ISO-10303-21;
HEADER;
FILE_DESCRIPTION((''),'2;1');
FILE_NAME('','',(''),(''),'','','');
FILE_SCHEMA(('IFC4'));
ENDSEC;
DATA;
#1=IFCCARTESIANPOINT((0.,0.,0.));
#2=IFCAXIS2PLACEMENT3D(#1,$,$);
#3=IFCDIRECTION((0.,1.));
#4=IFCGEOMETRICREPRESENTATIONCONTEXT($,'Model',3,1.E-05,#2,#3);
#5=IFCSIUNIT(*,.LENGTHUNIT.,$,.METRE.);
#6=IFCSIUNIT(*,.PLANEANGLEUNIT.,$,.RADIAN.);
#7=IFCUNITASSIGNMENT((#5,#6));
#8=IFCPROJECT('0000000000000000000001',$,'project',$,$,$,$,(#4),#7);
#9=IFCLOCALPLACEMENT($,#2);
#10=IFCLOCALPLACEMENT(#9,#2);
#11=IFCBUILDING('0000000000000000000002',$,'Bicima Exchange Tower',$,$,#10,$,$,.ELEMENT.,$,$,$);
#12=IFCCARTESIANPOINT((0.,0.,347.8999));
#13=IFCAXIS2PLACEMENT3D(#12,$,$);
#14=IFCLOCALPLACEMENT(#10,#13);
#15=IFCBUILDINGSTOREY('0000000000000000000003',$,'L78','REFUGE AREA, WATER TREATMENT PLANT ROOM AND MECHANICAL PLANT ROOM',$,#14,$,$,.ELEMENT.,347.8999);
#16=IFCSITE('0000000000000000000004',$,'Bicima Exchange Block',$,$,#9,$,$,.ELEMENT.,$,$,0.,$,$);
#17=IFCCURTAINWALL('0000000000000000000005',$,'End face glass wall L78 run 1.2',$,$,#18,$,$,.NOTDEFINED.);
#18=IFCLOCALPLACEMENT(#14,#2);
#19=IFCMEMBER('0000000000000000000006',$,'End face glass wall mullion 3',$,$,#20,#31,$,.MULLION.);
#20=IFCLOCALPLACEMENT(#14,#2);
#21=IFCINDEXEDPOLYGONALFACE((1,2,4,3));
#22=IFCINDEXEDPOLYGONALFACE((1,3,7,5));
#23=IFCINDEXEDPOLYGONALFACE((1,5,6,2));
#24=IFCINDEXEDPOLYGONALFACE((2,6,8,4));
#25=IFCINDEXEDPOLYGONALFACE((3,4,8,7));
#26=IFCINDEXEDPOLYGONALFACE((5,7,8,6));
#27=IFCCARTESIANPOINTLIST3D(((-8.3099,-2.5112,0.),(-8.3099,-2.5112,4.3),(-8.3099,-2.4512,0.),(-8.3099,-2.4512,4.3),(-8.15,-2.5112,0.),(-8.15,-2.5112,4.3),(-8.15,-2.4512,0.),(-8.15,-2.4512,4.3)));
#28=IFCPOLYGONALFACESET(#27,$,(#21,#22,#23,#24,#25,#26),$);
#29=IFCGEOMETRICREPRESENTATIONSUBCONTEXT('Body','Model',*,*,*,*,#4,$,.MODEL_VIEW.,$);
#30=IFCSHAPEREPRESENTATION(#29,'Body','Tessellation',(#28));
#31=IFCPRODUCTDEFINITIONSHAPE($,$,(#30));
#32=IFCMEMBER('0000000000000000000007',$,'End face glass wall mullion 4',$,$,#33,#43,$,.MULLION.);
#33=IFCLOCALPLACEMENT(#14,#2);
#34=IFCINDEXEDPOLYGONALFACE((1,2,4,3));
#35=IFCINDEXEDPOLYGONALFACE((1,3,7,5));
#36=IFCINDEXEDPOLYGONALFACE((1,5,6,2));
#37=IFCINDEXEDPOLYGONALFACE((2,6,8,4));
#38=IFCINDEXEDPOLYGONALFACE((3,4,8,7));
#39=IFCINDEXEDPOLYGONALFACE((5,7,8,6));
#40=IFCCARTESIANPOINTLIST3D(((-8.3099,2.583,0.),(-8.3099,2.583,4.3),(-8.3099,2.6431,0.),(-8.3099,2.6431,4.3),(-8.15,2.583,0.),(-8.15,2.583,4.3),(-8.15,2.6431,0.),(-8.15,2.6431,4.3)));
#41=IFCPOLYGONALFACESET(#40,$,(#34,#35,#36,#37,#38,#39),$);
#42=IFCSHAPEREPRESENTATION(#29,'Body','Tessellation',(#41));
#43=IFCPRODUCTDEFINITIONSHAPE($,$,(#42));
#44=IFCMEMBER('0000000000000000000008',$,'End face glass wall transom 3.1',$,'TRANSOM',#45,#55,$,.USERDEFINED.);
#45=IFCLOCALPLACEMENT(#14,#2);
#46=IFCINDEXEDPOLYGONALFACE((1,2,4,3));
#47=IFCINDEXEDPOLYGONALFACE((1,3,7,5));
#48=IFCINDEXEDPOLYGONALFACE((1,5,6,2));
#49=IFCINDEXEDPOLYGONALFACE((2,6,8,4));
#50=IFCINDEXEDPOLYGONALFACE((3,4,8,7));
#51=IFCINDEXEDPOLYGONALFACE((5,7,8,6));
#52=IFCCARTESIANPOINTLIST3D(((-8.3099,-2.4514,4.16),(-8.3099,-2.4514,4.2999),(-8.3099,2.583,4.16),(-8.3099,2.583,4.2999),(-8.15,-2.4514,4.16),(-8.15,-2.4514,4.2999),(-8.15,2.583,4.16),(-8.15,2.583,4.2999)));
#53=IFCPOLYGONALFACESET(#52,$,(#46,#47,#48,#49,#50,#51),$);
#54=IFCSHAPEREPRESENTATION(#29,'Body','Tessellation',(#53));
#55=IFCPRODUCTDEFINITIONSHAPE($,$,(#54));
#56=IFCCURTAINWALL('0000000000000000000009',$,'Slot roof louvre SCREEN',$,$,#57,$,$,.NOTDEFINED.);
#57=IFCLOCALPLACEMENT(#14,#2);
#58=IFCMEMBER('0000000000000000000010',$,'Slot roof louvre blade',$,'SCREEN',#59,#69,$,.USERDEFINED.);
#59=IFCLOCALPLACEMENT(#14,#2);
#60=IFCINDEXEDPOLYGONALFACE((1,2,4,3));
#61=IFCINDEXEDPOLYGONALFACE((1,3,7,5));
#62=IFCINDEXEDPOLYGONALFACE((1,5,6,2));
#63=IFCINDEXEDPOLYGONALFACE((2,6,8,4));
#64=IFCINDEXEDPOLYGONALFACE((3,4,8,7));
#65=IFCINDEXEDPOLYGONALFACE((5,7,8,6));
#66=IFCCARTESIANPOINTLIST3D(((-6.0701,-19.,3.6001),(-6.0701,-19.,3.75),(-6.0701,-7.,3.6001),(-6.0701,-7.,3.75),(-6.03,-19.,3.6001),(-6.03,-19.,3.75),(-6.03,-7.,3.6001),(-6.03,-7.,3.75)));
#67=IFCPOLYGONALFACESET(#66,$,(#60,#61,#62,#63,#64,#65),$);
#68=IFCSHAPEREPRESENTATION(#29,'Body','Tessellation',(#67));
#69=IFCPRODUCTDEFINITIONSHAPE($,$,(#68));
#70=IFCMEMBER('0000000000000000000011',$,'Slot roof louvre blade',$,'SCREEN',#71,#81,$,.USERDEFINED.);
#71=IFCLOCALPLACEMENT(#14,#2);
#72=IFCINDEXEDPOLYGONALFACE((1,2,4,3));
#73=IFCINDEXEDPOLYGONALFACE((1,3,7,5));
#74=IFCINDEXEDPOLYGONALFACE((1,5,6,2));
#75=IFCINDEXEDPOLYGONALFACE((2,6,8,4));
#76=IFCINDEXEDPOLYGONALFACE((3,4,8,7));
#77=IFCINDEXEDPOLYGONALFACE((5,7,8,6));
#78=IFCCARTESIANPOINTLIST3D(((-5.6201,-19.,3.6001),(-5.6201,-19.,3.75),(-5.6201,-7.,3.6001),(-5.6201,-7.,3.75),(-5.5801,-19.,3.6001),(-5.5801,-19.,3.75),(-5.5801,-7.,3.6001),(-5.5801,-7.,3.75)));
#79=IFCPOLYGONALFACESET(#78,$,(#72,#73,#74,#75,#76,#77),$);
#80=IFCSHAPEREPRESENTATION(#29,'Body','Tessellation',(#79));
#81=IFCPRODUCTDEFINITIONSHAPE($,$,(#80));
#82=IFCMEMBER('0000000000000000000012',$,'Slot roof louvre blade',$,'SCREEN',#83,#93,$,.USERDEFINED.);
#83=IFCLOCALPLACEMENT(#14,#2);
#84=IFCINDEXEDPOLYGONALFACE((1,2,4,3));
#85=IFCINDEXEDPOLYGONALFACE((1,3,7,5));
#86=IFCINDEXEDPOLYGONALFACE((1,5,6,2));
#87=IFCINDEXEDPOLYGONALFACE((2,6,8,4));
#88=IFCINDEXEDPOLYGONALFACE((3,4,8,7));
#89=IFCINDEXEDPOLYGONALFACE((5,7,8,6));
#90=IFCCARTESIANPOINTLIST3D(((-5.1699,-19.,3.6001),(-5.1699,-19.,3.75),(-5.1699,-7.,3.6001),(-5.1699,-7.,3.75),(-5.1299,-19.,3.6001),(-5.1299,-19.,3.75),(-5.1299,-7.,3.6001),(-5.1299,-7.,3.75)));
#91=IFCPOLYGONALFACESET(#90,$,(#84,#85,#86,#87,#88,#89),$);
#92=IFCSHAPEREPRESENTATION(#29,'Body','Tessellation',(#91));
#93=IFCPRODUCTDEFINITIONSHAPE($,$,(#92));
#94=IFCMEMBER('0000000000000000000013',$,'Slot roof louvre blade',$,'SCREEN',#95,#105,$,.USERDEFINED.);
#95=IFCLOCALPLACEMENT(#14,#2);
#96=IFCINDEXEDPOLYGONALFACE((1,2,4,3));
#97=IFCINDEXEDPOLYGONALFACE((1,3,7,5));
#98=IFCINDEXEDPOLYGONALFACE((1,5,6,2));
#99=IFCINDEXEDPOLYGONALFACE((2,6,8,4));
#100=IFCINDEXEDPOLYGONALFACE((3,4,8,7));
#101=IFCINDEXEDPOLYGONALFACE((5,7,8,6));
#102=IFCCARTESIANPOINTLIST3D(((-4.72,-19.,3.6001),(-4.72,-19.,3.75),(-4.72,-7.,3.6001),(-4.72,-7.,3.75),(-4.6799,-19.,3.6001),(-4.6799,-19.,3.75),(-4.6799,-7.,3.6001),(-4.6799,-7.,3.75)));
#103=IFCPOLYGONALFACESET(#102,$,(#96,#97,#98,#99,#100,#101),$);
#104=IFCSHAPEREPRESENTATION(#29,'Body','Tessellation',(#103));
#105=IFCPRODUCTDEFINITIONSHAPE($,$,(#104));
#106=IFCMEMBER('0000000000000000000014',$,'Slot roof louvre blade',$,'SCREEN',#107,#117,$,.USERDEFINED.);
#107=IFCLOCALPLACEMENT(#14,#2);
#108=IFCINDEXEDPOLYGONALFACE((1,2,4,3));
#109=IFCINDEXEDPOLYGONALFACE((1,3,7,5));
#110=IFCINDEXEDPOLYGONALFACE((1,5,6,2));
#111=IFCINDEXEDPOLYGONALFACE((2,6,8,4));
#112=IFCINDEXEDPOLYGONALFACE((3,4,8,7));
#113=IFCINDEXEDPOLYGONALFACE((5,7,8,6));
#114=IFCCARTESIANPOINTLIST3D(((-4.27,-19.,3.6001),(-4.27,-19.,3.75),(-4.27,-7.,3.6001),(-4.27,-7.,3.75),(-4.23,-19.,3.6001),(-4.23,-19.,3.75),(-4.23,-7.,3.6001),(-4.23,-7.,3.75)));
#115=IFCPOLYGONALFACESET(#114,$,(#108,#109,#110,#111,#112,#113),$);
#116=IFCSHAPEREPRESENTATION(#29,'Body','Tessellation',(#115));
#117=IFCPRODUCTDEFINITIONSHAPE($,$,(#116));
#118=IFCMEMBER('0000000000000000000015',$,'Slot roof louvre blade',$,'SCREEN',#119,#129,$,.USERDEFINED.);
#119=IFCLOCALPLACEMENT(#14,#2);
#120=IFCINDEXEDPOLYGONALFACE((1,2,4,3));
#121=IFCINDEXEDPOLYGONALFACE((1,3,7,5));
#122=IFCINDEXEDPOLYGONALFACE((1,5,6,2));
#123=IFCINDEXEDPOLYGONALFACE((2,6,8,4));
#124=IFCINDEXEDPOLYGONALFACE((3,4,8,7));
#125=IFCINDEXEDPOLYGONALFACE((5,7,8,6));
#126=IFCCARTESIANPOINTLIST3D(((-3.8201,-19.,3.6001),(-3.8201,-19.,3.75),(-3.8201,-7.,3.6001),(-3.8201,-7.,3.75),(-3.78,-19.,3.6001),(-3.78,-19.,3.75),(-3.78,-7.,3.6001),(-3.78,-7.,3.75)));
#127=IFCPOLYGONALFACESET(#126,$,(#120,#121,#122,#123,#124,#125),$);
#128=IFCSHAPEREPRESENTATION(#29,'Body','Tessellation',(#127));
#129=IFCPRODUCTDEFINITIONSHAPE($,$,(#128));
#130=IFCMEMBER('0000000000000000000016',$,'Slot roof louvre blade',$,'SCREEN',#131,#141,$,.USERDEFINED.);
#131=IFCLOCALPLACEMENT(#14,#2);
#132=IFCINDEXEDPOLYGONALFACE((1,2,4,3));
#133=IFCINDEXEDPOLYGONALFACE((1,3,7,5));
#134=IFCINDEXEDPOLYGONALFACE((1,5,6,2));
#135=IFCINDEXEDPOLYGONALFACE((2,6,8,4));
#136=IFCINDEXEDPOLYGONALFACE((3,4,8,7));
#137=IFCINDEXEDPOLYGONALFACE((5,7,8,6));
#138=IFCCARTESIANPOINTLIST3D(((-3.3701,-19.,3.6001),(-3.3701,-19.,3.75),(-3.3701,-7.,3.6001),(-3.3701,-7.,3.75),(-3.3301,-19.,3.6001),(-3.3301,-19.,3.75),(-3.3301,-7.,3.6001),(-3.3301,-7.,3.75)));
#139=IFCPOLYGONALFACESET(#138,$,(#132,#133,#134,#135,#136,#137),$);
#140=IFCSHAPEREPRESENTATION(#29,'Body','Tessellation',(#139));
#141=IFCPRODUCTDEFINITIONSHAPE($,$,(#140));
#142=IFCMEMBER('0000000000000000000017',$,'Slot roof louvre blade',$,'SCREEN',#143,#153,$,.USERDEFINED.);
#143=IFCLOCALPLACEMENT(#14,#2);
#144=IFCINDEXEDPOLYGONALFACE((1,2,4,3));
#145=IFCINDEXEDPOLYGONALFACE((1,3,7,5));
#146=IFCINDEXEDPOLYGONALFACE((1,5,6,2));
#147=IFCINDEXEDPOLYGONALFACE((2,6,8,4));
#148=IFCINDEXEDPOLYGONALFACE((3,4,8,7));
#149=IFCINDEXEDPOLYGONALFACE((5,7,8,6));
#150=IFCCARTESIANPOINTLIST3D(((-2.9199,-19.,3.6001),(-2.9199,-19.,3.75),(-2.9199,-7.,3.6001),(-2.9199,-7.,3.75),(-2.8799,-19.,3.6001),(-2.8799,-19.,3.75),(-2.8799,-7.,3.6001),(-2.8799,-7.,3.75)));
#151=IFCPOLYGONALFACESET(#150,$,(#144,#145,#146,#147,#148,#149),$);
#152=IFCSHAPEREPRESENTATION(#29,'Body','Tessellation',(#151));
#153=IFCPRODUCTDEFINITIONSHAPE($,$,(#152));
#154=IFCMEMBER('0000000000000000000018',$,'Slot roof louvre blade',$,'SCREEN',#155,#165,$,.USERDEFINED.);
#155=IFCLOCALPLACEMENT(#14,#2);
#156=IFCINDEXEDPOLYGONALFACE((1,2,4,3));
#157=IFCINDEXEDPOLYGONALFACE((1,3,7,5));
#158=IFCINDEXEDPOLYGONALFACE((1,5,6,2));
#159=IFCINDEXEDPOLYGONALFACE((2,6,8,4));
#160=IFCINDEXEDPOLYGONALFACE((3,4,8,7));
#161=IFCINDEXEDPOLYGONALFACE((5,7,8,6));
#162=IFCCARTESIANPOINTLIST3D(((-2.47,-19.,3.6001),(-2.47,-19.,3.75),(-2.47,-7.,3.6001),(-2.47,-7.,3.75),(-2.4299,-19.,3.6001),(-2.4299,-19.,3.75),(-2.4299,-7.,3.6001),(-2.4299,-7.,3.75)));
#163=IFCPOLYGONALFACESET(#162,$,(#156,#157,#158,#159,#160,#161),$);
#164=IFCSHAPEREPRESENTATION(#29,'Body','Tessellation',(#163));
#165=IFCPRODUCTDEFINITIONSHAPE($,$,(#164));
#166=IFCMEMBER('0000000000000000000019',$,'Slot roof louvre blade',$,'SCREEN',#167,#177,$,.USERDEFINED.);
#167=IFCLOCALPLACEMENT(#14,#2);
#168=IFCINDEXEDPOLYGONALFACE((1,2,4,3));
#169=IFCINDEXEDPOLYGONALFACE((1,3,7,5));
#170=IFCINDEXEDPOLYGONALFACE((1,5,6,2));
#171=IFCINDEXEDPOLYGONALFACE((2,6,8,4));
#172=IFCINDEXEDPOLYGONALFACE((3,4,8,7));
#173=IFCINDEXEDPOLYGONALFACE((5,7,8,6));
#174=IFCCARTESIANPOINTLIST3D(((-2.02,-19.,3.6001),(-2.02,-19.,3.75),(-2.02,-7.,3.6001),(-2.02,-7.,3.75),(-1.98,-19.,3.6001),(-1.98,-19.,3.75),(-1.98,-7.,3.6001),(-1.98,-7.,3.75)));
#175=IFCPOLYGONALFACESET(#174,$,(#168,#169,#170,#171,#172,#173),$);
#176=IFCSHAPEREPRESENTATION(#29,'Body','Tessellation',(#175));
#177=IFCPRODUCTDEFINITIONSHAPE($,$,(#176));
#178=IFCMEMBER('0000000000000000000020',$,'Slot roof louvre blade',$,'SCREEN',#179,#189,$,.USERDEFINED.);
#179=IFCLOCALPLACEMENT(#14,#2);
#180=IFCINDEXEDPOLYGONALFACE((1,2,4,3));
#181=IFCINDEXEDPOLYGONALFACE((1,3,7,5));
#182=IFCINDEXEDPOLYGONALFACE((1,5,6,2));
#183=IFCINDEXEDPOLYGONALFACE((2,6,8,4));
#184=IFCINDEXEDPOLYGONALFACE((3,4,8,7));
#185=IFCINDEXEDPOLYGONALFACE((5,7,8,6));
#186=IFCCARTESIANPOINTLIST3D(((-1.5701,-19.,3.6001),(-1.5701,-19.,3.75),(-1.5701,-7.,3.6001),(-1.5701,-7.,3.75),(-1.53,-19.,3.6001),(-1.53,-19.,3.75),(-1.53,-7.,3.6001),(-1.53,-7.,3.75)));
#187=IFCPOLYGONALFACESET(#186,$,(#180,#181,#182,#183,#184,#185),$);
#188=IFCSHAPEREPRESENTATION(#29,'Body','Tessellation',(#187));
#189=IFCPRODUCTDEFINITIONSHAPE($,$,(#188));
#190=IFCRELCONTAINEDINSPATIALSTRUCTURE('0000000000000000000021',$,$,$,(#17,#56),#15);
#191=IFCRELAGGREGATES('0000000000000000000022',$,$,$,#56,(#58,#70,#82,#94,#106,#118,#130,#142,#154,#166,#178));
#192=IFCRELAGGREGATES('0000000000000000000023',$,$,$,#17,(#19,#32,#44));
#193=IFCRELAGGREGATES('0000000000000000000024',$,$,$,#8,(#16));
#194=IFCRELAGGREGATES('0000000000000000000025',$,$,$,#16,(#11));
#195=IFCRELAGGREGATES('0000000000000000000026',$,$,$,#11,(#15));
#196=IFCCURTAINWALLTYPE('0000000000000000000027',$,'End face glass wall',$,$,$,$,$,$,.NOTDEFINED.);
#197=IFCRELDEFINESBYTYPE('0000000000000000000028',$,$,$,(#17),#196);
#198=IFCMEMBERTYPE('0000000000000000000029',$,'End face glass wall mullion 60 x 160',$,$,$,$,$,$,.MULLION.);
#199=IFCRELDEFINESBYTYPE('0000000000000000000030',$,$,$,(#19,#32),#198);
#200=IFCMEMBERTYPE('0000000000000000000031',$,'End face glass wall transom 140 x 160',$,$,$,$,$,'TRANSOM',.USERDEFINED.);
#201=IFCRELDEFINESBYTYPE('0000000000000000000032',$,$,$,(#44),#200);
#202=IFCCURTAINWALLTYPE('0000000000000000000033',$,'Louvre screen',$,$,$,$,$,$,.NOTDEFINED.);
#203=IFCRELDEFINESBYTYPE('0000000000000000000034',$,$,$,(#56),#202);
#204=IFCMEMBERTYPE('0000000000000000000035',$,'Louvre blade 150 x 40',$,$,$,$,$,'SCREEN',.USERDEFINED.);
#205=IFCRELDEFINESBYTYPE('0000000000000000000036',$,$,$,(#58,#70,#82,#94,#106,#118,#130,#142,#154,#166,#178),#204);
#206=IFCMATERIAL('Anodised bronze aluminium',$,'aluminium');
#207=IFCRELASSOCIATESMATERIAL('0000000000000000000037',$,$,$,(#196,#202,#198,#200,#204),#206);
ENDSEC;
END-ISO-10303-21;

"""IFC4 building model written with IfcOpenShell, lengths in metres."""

from ifc_helpers import new_model, si_unit, direction, frame, origin, origin_2d, place, context, subcontext, project, spatial, rectangle, extrude, material, material_profile, profile_set, type_object, element, aggregate, save


model = new_model("IFC4")

# Units and contexts
model_context = context("Model", 3, precision=1e-05, world=origin(), true_north=direction((0.0, 1.0)))
body_context = subcontext(model_context, "Body", "Model", "MODEL_VIEW")
ifc_project = project(units=[si_unit("LENGTHUNIT", "METRE"), si_unit("PLANEANGLEUNIT", "RADIAN")], contexts=[model_context])

# Site, building, storey
site_placement = place(None, origin())
site = spatial("IfcSite", under=ifc_project, at=site_placement, Name="Bicima Exchange Block", CompositionType="ELEMENT", RefElevation=0.0)
building_placement = place(site_placement, origin())
building = spatial("IfcBuilding", under=site, at=building_placement, Name="Bicima Exchange Tower", CompositionType="ELEMENT")
storey_placement = place(building_placement, frame((0.0, 0.0, 347.8999)))
storey = spatial("IfcBuildingStorey", under=building, at=storey_placement, Name="L78", Description="REFUGE AREA, WATER TREATMENT PLANT ROOM AND MECHANICAL PLANT ROOM", CompositionType="ELEMENT", Elevation=347.8999)

# Curtain walls, members
ifc_material_1 = material(Name="Anodised bronze aluminium", Category="aluminium")
curtain_wall_type_1 = type_object("IfcCurtainWallType", Name="End face glass wall", PredefinedType="NOTDEFINED", material=ifc_material_1)
curtain_wall_1_placement = place(storey_placement, origin())
curtain_wall_1 = element("IfcCurtainWall", 1, at=curtain_wall_1_placement, inside=storey, type_object=curtain_wall_type_1, Name="End face glass wall L78 run 1.2", PredefinedType="NOTDEFINED")
ifc_material_profile_1 = material_profile(ifc_material_1, rectangle(XDim=0.1599, YDim=0.0601, at=origin_2d()))
ifc_profile_set_1 = profile_set([ifc_material_profile_1], Name="Anodised bronze aluminium")
member_type_1 = type_object("IfcMemberType", Name="End face glass wall mullion 60 x 160", PredefinedType="MULLION", material=ifc_profile_set_1)
member_1_placement = place(storey_placement, frame((-8.23, -2.4812, 0.0), z_axis=(0.0, 0.0, 1.0), x_axis=(-1.0, 0.0, 0.0)))
member_1 = element("IfcMember", 2, at=member_1_placement, type_object=member_type_1, Name="End face glass wall mullion 3", PredefinedType="MULLION", context=body_context, shape_type="SweptSolid", body=[
    extrude(rectangle(XDim=0.1599, YDim=0.0601, at=origin_2d()), origin(), (0.0, 0.0, 1.0), 4.3),
])
member_2_placement = place(storey_placement, frame((-8.23, 2.613, 0.0), z_axis=(0.0, 0.0, 1.0), x_axis=(-1.0, 0.0, 0.0)))
member_2 = element("IfcMember", 3, at=member_2_placement, type_object=member_type_1, Name="End face glass wall mullion 4", PredefinedType="MULLION", context=body_context, shape_type="SweptSolid", body=[
    extrude(rectangle(XDim=0.1599, YDim=0.0601, at=origin_2d()), origin(), (0.0, 0.0, 1.0), 4.3),
])
ifc_material_profile_2 = material_profile(ifc_material_1, rectangle(XDim=0.1599, YDim=0.1399, at=origin_2d()))
ifc_profile_set_2 = profile_set([ifc_material_profile_2], Name="Anodised bronze aluminium")
member_type_2 = type_object("IfcMemberType", Name="End face glass wall transom 140 x 160", ElementType="TRANSOM", PredefinedType="USERDEFINED", material=ifc_profile_set_2)
member_3_placement = place(storey_placement, frame((-8.23, -2.4514, 4.23), z_axis=(0.0, 1.0, 0.0), x_axis=(-1.0, 0.0, 0.0)))
member_3 = element("IfcMember", 4, at=member_3_placement, type_object=member_type_2, Name="End face glass wall transom 3.1", ObjectType="TRANSOM", PredefinedType="USERDEFINED", context=body_context, shape_type="SweptSolid", body=[
    extrude(rectangle(XDim=0.1599, YDim=0.1399, at=origin_2d()), origin(), (0.0, 0.0, 1.0), 5.0344),
])
curtain_wall_type_2 = type_object("IfcCurtainWallType", Name="Louvre screen", PredefinedType="NOTDEFINED", material=ifc_material_1)
curtain_wall_2_placement = place(storey_placement, origin())
curtain_wall_2 = element("IfcCurtainWall", 5, at=curtain_wall_2_placement, inside=storey, type_object=curtain_wall_type_2, Name="Slot roof louvre SCREEN", PredefinedType="NOTDEFINED")
ifc_material_profile_3 = material_profile(ifc_material_1, rectangle(XDim=0.04, YDim=0.1499, at=origin_2d()))
ifc_profile_set_3 = profile_set([ifc_material_profile_3], Name="Anodised bronze aluminium")
member_type_3 = type_object("IfcMemberType", Name="Louvre blade 150 x 40", ElementType="SCREEN", PredefinedType="USERDEFINED", material=ifc_profile_set_3)
member_4_placement = place(storey_placement, frame((-6.05, -7.0, 3.675), z_axis=(0.0, -1.0, 0.0), x_axis=(1.0, 0.0, 0.0)))
member_4 = element("IfcMember", 6, at=member_4_placement, type_object=member_type_3, Name="Slot roof louvre blade", ObjectType="SCREEN", PredefinedType="USERDEFINED", context=body_context, shape_type="SweptSolid", body=[
    extrude(rectangle(XDim=0.04, YDim=0.1499, at=origin_2d()), origin(), (0.0, 0.0, 1.0), 12.0),
])
member_5_placement = place(storey_placement, frame((-5.6001, -7.0, 3.675), z_axis=(0.0, -1.0, 0.0), x_axis=(1.0, 0.0, 0.0)))
member_5 = element("IfcMember", 7, at=member_5_placement, type_object=member_type_3, Name="Slot roof louvre blade", ObjectType="SCREEN", PredefinedType="USERDEFINED", context=body_context, shape_type="SweptSolid", body=[
    extrude(rectangle(XDim=0.04, YDim=0.1499, at=origin_2d()), origin(), (0.0, 0.0, 1.0), 12.0),
])
member_6_placement = place(storey_placement, frame((-5.1499, -7.0, 3.675), z_axis=(0.0, -1.0, 0.0), x_axis=(1.0, 0.0, 0.0)))
member_6 = element("IfcMember", 8, at=member_6_placement, type_object=member_type_3, Name="Slot roof louvre blade", ObjectType="SCREEN", PredefinedType="USERDEFINED", context=body_context, shape_type="SweptSolid", body=[
    extrude(rectangle(XDim=0.04, YDim=0.1499, at=origin_2d()), origin(), (0.0, 0.0, 1.0), 12.0),
])
member_7_placement = place(storey_placement, frame((-4.7, -7.0, 3.675), z_axis=(0.0, -1.0, 0.0), x_axis=(1.0, 0.0, 0.0)))
member_7 = element("IfcMember", 9, at=member_7_placement, type_object=member_type_3, Name="Slot roof louvre blade", ObjectType="SCREEN", PredefinedType="USERDEFINED", context=body_context, shape_type="SweptSolid", body=[
    extrude(rectangle(XDim=0.04, YDim=0.1499, at=origin_2d()), origin(), (0.0, 0.0, 1.0), 12.0),
])
member_8_placement = place(storey_placement, frame((-4.25, -7.0, 3.675), z_axis=(0.0, -1.0, 0.0), x_axis=(1.0, 0.0, 0.0)))
member_8 = element("IfcMember", 10, at=member_8_placement, type_object=member_type_3, Name="Slot roof louvre blade", ObjectType="SCREEN", PredefinedType="USERDEFINED", context=body_context, shape_type="SweptSolid", body=[
    extrude(rectangle(XDim=0.04, YDim=0.1499, at=origin_2d()), origin(), (0.0, 0.0, 1.0), 12.0),
])
member_9_placement = place(storey_placement, frame((-3.8, -7.0, 3.675), z_axis=(0.0, -1.0, 0.0), x_axis=(1.0, 0.0, 0.0)))
member_9 = element("IfcMember", 11, at=member_9_placement, type_object=member_type_3, Name="Slot roof louvre blade", ObjectType="SCREEN", PredefinedType="USERDEFINED", context=body_context, shape_type="SweptSolid", body=[
    extrude(rectangle(XDim=0.04, YDim=0.1499, at=origin_2d()), origin(), (0.0, 0.0, 1.0), 12.0),
])
member_10_placement = place(storey_placement, frame((-3.3501, -7.0, 3.675), z_axis=(0.0, -1.0, 0.0), x_axis=(1.0, 0.0, 0.0)))
member_10 = element("IfcMember", 12, at=member_10_placement, type_object=member_type_3, Name="Slot roof louvre blade", ObjectType="SCREEN", PredefinedType="USERDEFINED", context=body_context, shape_type="SweptSolid", body=[
    extrude(rectangle(XDim=0.04, YDim=0.1499, at=origin_2d()), origin(), (0.0, 0.0, 1.0), 12.0),
])
member_11_placement = place(storey_placement, frame((-2.8999, -7.0, 3.675), z_axis=(0.0, -1.0, 0.0), x_axis=(1.0, 0.0, 0.0)))
member_11 = element("IfcMember", 13, at=member_11_placement, type_object=member_type_3, Name="Slot roof louvre blade", ObjectType="SCREEN", PredefinedType="USERDEFINED", context=body_context, shape_type="SweptSolid", body=[
    extrude(rectangle(XDim=0.04, YDim=0.1499, at=origin_2d()), origin(), (0.0, 0.0, 1.0), 12.0),
])
member_12_placement = place(storey_placement, frame((-2.45, -7.0, 3.675), z_axis=(0.0, -1.0, 0.0), x_axis=(1.0, 0.0, 0.0)))
member_12 = element("IfcMember", 14, at=member_12_placement, type_object=member_type_3, Name="Slot roof louvre blade", ObjectType="SCREEN", PredefinedType="USERDEFINED", context=body_context, shape_type="SweptSolid", body=[
    extrude(rectangle(XDim=0.04, YDim=0.1499, at=origin_2d()), origin(), (0.0, 0.0, 1.0), 12.0),
])
member_13_placement = place(storey_placement, frame((-2.0, -7.0, 3.675), z_axis=(0.0, -1.0, 0.0), x_axis=(1.0, 0.0, 0.0)))
member_13 = element("IfcMember", 15, at=member_13_placement, type_object=member_type_3, Name="Slot roof louvre blade", ObjectType="SCREEN", PredefinedType="USERDEFINED", context=body_context, shape_type="SweptSolid", body=[
    extrude(rectangle(XDim=0.04, YDim=0.1499, at=origin_2d()), origin(), (0.0, 0.0, 1.0), 12.0),
])
member_14_placement = place(storey_placement, frame((-1.55, -7.0, 3.675), z_axis=(0.0, -1.0, 0.0), x_axis=(1.0, 0.0, 0.0)))
member_14 = element("IfcMember", 16, at=member_14_placement, type_object=member_type_3, Name="Slot roof louvre blade", ObjectType="SCREEN", PredefinedType="USERDEFINED", context=body_context, shape_type="SweptSolid", body=[
    extrude(rectangle(XDim=0.04, YDim=0.1499, at=origin_2d()), origin(), (0.0, 0.0, 1.0), 12.0),
])
aggregate(curtain_wall_2, [member_4, member_5, member_6, member_7, member_8, member_9, member_10, member_11, member_12, member_13, member_14])

aggregate(curtain_wall_1, [member_1, member_2, member_3])

save(model, "model.ifc")
